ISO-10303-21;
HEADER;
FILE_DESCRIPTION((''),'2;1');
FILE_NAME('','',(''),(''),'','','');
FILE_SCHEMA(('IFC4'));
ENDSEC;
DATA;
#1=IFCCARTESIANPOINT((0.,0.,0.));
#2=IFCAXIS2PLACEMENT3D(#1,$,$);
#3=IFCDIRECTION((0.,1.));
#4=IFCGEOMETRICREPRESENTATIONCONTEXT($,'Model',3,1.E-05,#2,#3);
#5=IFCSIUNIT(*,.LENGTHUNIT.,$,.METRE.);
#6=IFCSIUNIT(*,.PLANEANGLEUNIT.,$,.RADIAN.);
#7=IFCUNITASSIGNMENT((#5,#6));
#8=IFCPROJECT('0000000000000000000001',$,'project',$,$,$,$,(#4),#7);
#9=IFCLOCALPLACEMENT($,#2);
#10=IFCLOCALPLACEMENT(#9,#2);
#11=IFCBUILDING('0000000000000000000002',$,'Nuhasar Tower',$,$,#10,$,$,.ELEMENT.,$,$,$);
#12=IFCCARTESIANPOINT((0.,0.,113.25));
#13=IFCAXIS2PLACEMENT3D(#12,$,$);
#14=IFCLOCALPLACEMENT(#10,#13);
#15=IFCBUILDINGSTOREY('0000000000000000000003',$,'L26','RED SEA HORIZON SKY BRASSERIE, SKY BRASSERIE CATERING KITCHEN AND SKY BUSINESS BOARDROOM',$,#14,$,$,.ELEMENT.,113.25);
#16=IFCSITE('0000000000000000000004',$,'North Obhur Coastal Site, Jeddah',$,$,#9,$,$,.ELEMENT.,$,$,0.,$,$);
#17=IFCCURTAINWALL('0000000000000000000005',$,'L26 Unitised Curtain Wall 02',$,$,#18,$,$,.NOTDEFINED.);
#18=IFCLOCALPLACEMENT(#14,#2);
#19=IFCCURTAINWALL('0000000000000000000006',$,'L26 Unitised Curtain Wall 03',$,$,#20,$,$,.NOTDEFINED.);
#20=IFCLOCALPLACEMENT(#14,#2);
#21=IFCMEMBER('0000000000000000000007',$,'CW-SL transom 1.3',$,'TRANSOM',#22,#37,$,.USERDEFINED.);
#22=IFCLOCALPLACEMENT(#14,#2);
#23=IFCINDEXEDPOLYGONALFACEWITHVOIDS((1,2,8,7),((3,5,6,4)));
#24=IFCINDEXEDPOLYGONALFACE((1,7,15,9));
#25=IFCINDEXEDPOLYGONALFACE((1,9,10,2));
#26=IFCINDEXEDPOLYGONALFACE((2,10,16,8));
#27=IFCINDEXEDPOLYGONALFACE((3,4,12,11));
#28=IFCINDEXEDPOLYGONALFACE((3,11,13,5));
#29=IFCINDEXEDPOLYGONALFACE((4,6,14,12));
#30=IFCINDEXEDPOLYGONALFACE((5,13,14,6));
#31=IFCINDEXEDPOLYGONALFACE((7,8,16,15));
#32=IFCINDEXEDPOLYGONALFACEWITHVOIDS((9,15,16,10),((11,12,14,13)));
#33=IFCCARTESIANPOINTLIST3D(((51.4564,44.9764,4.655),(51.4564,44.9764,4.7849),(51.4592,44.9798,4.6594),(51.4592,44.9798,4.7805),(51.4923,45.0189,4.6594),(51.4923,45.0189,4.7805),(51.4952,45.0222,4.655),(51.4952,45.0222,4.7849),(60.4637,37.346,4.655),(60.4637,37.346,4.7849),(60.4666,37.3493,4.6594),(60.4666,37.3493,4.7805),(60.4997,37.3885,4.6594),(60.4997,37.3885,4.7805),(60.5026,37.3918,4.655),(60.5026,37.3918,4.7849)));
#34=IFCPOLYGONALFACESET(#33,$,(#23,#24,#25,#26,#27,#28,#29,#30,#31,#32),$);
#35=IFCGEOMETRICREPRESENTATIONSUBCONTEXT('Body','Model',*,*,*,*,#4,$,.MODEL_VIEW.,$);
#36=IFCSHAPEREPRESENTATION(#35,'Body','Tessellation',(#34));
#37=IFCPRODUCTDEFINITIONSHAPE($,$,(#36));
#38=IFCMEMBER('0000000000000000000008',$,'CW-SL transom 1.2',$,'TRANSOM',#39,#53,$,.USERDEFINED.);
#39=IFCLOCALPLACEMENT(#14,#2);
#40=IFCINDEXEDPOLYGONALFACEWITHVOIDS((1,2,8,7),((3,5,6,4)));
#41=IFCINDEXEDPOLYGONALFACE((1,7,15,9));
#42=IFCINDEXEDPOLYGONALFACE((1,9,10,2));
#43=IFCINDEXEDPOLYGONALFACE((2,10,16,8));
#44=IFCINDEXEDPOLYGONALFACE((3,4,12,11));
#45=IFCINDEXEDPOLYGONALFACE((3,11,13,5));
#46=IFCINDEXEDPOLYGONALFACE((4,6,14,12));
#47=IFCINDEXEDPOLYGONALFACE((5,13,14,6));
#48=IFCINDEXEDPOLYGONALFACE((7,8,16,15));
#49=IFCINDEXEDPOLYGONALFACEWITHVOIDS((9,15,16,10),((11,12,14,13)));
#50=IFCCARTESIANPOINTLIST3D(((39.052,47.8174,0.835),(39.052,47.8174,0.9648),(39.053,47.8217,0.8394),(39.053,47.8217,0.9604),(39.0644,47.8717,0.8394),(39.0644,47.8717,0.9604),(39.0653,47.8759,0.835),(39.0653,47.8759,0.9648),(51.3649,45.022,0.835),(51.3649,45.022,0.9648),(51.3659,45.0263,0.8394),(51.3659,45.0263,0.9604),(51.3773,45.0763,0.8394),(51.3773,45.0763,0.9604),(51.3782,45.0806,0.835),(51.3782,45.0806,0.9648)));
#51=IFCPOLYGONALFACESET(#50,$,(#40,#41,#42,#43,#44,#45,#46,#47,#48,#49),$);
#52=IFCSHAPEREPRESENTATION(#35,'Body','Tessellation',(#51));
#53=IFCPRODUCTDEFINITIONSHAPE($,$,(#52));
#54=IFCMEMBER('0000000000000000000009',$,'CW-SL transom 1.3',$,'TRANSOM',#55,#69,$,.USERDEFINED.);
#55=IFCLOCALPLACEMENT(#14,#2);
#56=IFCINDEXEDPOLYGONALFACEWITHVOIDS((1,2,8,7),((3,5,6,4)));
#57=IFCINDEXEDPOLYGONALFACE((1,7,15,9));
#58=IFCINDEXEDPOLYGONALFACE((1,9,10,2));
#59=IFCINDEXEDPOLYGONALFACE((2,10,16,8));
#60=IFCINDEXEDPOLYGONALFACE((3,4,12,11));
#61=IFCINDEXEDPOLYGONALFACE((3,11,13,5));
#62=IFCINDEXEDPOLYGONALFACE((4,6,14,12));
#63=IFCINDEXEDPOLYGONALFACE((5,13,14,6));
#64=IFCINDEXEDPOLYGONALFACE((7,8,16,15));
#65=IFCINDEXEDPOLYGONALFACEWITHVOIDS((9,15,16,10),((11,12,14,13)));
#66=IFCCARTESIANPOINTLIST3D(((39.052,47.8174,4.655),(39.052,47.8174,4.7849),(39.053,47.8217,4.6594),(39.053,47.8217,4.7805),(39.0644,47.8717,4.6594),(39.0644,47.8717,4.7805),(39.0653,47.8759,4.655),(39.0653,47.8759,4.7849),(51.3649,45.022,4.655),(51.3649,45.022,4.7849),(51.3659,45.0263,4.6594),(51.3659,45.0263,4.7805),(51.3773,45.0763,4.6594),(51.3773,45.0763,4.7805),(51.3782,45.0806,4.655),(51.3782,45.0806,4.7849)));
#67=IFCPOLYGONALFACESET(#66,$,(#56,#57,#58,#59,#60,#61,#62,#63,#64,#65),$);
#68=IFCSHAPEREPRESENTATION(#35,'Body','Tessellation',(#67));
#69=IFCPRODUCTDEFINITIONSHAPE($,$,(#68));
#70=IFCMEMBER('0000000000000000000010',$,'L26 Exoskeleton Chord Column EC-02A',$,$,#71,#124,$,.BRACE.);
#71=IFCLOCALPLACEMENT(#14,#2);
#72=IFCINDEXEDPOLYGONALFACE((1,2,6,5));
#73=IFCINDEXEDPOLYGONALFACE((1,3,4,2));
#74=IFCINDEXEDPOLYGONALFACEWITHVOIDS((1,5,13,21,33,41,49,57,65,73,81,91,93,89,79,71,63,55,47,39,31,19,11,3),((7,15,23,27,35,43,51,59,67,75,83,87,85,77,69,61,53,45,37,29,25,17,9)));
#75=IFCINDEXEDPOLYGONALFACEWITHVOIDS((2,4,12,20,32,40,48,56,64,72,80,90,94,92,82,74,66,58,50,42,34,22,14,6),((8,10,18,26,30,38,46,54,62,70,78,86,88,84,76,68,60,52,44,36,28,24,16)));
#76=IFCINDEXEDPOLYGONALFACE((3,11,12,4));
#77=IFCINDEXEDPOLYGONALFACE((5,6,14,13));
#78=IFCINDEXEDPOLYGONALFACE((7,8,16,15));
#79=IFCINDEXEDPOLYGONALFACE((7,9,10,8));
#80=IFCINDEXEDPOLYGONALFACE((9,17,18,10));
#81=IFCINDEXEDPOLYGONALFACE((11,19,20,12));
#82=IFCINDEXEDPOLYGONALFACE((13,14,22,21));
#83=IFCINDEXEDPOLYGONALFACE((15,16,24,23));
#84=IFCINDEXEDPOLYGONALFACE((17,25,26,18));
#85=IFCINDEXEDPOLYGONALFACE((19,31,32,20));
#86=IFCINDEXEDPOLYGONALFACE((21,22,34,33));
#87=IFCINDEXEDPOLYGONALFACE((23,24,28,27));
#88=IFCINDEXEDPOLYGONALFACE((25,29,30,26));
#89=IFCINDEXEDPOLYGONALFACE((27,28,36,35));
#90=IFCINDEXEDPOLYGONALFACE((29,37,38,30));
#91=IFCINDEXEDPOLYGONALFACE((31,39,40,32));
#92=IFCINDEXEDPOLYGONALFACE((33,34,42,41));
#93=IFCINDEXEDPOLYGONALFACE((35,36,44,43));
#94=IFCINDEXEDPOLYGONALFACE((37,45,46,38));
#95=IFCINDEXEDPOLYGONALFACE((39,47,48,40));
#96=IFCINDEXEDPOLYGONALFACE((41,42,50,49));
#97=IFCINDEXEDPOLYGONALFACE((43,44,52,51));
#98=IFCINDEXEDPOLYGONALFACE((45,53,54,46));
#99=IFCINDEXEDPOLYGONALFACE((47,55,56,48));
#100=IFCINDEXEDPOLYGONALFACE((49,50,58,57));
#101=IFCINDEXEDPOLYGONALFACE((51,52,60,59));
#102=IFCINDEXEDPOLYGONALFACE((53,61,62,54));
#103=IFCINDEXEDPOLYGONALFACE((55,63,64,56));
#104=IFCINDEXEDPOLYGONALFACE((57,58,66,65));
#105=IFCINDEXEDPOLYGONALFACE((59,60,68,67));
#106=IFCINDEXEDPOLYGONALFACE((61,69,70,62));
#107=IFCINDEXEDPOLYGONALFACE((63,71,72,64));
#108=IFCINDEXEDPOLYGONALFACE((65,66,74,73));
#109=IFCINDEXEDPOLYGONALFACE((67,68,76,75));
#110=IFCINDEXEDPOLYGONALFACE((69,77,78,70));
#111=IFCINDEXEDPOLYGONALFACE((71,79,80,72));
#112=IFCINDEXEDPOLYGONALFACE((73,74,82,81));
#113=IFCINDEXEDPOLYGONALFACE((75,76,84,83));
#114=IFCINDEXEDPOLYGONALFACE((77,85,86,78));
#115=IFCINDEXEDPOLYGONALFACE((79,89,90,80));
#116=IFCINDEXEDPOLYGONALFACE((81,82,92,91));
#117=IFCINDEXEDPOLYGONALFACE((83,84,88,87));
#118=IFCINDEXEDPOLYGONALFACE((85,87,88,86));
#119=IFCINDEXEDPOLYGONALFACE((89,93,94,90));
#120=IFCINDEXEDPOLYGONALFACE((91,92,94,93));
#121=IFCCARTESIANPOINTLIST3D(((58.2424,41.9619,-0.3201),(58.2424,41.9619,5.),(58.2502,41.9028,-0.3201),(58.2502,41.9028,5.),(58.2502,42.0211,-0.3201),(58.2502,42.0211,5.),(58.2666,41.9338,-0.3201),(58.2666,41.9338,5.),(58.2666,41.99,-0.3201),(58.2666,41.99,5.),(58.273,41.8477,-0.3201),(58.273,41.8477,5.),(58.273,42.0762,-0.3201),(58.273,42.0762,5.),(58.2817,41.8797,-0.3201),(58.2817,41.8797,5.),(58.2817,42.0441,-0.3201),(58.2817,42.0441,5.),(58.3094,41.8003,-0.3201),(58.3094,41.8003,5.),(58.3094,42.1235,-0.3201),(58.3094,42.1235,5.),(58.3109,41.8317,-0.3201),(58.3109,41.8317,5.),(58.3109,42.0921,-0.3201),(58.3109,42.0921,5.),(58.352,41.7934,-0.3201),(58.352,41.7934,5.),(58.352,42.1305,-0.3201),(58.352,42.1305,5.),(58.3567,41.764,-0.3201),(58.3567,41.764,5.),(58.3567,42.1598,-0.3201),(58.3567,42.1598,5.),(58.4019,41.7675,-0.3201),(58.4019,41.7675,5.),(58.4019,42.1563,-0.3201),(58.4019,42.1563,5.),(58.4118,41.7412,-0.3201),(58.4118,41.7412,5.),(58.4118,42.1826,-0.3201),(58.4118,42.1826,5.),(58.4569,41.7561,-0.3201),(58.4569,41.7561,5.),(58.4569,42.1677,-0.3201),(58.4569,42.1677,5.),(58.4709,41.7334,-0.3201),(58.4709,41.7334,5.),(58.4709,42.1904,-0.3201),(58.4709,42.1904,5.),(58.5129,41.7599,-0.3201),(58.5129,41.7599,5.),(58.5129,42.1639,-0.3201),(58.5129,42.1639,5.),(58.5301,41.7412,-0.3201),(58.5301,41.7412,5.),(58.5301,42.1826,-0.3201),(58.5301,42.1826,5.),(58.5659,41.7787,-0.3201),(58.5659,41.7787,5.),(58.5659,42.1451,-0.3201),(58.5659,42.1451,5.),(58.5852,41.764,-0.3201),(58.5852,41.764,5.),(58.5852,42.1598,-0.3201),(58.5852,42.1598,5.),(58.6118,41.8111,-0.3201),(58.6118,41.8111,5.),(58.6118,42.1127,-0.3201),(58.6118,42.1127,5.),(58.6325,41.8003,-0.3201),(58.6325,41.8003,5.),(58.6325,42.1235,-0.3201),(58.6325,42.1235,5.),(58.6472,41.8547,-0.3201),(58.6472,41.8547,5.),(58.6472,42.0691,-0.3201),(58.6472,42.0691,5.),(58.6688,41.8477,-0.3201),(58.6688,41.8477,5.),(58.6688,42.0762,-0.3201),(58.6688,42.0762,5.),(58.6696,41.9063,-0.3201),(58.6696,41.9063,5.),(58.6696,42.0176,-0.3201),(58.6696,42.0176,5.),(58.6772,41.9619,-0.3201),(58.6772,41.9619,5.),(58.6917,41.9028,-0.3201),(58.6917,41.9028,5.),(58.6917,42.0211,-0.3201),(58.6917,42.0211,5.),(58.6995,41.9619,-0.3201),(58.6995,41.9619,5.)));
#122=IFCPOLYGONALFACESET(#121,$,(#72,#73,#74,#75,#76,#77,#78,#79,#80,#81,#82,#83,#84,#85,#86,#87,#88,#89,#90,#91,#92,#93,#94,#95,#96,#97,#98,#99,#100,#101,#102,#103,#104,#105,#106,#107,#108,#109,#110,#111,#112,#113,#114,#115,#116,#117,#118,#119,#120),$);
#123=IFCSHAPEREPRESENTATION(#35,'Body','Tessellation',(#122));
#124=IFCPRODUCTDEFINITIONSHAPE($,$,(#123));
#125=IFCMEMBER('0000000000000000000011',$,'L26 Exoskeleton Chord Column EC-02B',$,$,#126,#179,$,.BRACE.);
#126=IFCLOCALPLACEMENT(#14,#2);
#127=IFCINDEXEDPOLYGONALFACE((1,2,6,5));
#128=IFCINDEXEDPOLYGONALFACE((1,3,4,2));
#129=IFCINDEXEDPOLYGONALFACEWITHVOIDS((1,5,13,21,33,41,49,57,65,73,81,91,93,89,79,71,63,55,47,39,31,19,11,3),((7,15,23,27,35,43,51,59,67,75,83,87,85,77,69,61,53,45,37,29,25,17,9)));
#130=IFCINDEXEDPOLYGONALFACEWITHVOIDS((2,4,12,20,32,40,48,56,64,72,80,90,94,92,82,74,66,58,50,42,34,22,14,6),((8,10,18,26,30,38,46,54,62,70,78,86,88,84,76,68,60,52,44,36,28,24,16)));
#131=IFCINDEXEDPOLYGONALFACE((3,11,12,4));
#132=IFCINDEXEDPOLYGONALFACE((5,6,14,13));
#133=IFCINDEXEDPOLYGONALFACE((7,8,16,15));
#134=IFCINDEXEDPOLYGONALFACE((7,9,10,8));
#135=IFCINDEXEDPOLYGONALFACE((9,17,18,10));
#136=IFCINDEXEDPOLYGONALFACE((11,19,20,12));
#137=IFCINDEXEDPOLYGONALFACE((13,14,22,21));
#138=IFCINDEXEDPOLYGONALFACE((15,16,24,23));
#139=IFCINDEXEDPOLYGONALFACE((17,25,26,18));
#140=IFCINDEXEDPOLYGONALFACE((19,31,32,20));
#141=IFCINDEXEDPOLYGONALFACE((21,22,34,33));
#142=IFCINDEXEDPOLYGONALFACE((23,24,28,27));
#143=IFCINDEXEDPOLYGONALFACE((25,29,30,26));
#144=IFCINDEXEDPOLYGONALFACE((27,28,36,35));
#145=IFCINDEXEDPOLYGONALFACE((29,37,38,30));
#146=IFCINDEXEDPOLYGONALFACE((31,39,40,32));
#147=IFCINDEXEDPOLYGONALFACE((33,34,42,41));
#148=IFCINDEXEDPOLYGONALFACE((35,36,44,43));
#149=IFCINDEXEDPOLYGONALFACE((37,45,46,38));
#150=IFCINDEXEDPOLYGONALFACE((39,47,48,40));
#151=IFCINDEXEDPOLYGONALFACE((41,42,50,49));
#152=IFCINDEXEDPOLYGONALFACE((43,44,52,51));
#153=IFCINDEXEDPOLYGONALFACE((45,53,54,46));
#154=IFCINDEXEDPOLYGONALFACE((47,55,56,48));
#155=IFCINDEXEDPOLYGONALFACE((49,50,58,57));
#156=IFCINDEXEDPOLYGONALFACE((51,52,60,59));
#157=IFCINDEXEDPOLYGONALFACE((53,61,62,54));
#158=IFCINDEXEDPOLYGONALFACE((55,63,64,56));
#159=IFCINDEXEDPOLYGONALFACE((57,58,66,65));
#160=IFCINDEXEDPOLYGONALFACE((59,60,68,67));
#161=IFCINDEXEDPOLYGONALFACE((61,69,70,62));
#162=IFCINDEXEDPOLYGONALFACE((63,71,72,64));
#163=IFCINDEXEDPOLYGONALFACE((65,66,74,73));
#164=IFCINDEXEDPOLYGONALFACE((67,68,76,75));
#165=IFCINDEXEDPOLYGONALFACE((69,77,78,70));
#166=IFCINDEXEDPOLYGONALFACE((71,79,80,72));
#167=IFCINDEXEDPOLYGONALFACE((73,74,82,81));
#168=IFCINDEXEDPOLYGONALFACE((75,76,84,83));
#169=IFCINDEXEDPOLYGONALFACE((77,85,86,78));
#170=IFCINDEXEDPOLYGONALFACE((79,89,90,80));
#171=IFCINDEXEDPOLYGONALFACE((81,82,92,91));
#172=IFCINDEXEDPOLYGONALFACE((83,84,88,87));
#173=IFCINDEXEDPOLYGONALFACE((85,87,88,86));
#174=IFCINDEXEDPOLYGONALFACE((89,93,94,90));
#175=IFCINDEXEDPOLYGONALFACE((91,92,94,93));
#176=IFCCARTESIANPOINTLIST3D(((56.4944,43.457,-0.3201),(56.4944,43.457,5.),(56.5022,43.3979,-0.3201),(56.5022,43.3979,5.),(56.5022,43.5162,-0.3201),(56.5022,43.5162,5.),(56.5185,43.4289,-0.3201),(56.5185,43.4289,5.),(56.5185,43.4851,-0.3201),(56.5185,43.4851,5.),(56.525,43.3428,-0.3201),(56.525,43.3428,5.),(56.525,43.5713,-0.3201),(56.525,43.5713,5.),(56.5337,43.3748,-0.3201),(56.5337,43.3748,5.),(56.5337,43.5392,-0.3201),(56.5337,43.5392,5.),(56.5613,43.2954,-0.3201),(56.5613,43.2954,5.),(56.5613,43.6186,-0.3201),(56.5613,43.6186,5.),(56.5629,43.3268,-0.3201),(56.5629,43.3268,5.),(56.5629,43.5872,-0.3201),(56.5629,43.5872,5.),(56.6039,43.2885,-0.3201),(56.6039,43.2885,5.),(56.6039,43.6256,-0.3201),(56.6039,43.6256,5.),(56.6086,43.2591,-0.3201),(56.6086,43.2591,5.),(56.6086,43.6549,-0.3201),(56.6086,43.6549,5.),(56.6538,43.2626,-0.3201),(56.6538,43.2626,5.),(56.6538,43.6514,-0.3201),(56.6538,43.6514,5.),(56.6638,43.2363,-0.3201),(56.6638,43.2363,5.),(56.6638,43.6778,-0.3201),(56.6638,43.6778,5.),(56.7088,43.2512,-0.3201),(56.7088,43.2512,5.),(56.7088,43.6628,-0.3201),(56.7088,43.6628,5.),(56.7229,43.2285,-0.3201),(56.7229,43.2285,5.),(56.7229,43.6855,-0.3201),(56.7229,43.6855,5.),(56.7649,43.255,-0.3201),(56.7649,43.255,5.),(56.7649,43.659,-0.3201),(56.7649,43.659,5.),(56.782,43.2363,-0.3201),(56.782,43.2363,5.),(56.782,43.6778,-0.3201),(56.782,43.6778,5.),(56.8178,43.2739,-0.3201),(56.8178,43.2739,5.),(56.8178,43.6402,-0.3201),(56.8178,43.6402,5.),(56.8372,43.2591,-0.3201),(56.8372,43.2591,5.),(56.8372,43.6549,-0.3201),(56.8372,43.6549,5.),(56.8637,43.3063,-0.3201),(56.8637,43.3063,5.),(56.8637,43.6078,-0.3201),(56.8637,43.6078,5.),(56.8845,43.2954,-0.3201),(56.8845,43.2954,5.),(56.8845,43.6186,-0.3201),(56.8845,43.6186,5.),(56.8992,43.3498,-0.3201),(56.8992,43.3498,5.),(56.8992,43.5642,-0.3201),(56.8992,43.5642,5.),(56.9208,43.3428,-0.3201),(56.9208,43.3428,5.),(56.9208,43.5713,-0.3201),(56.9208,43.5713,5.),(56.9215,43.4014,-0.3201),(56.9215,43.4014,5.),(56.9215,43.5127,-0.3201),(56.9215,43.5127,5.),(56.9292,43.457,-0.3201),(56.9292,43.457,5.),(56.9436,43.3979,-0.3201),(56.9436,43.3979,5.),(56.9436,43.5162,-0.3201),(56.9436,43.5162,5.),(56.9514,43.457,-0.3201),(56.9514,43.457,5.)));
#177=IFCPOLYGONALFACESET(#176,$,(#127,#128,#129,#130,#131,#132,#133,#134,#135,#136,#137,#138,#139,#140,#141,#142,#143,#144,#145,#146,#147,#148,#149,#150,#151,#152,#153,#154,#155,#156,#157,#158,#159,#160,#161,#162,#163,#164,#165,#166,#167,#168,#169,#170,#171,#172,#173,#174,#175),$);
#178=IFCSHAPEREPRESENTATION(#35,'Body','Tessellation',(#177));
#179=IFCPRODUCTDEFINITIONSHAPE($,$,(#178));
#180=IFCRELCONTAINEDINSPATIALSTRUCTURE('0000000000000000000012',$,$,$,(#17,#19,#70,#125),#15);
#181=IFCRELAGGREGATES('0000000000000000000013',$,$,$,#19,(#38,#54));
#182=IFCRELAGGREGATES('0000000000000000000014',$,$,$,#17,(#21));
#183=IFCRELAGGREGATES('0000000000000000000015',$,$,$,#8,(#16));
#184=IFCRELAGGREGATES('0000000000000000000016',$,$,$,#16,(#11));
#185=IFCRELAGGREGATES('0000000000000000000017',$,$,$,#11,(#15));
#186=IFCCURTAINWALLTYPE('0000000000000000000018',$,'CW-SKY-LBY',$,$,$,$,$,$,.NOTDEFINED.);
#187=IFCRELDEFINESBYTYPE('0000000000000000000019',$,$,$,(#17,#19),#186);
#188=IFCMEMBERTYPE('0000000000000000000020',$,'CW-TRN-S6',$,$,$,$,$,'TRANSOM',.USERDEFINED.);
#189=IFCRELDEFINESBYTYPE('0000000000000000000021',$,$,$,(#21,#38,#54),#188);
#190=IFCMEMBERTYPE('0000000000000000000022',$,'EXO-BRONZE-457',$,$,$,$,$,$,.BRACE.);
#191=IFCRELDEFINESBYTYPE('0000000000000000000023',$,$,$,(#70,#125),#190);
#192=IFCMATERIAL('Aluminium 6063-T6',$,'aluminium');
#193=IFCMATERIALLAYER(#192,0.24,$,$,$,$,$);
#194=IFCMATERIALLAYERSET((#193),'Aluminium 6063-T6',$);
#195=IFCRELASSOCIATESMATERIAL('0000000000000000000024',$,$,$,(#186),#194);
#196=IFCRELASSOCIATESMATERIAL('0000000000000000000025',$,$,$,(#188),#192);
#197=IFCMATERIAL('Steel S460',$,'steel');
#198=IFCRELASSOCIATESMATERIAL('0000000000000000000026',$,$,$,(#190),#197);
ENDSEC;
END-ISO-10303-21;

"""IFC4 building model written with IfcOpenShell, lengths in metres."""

from ifc_helpers import new_model, si_unit, direction, frame, origin, origin_2d, place, context, subcontext, project, spatial, hollow_rectangle, hollow_circle, extrude, material, layer, layer_set, material_profile, profile_set, type_object, element, aggregate, save


model = new_model("IFC4")

# Units and contexts
model_context = context("Model", 3, precision=1e-05, world=origin(), true_north=direction((0.0, 1.0)))
body_context = subcontext(model_context, "Body", "Model", "MODEL_VIEW")
ifc_project = project(units=[si_unit("LENGTHUNIT", "METRE"), si_unit("PLANEANGLEUNIT", "RADIAN")], contexts=[model_context])

# Site, building, storey
site_placement = place(None, origin())
site = spatial("IfcSite", under=ifc_project, at=site_placement, Name="North Obhur Coastal Site, Jeddah", CompositionType="ELEMENT", RefElevation=0.0)
building_placement = place(site_placement, origin())
building = spatial("IfcBuilding", under=site, at=building_placement, Name="Nuhasar Tower", CompositionType="ELEMENT")
storey_placement = place(building_placement, frame((0.0, 0.0, 113.25)))
storey = spatial("IfcBuildingStorey", under=building, at=storey_placement, Name="L26", Description="RED SEA HORIZON SKY BRASSERIE, SKY BRASSERIE CATERING KITCHEN AND SKY BUSINESS BOARDROOM", CompositionType="ELEMENT", Elevation=113.25)

# Shared definitions
ifc_material_1 = material(Name="Steel S460", Category="steel")

# Shared definitions
ifc_material_2 = material(Name="Aluminium 6063-T6", Category="aluminium")
ifc_layer_1 = layer(ifc_material_2, 0.24)
ifc_layer_set_1 = layer_set([ifc_layer_1], Name="Aluminium 6063-T6")
curtain_wall_type = type_object("IfcCurtainWallType", Name="CW-SKY-LBY", PredefinedType="NOTDEFINED", material=ifc_layer_set_1)

# Curtain wall
curtain_wall_1_placement = place(storey_placement, origin())
curtain_wall_1 = element("IfcCurtainWall", 1, at=curtain_wall_1_placement, inside=storey, type_object=curtain_wall_type, Name="L26 Unitised Curtain Wall 02", PredefinedType="NOTDEFINED")

# Curtain wall
curtain_wall_2_placement = place(storey_placement, origin())
curtain_wall_2 = element("IfcCurtainWall", 2, at=curtain_wall_2_placement, inside=storey, type_object=curtain_wall_type, Name="L26 Unitised Curtain Wall 03", PredefinedType="NOTDEFINED")

# Members
ifc_material_profile_1 = material_profile(ifc_material_2, hollow_rectangle(XDim=0.0601, YDim=0.1299, WallThickness=0.0044, at=origin_2d()), Name="CWT-6")
ifc_profile_set_1 = profile_set([ifc_material_profile_1], Name="Aluminium 6063-T6")
member_type_1 = type_object("IfcMemberType", Name="CW-TRN-S6", ElementType="TRANSOM", PredefinedType="USERDEFINED", material=ifc_profile_set_1)
member_1_placement = place(storey_placement, frame((60.4832, 37.3689, 4.72), z_axis=(-0.763019, 0.646376, 0.0), x_axis=(-0.646376, -0.763019, 0.0)))
member_1 = element("IfcMember", 3, at=member_1_placement, type_object=member_type_1, Name="CW-SL transom 1.3", ObjectType="TRANSOM", PredefinedType="USERDEFINED", context=body_context, shape_type="SweptSolid", body=[
    extrude(hollow_rectangle(XDim=0.0601, YDim=0.1299, WallThickness=0.0044, at=origin_2d()), origin(), (0.0, 0.0, 1.0), 11.8049),
])
member_2_placement = place(storey_placement, frame((51.3716, 45.0513, 0.8999), z_axis=(-0.975184, 0.221395, 0.0), x_axis=(-0.221395, -0.975184, 0.0)))
member_2 = element("IfcMember", 4, at=member_2_placement, type_object=member_type_1, Name="CW-SL transom 1.2", ObjectType="TRANSOM", PredefinedType="USERDEFINED", context=body_context, shape_type="SweptSolid", body=[
    extrude(hollow_rectangle(XDim=0.0601, YDim=0.1299, WallThickness=0.0044, at=origin_2d()), origin(), (0.0, 0.0, 1.0), 12.6262),
])
member_3_placement = place(storey_placement, frame((51.3716, 45.0513, 4.72), z_axis=(-0.975184, 0.221395, 0.0), x_axis=(-0.221395, -0.975184, 0.0)))
member_3 = element("IfcMember", 5, at=member_3_placement, type_object=member_type_1, Name="CW-SL transom 1.3", ObjectType="TRANSOM", PredefinedType="USERDEFINED", context=body_context, shape_type="SweptSolid", body=[
    extrude(hollow_rectangle(XDim=0.0601, YDim=0.1299, WallThickness=0.0044, at=origin_2d()), origin(), (0.0, 0.0, 1.0), 12.6262),
])
aggregate(curtain_wall_2, [member_2, member_3])

# Members
ifc_material_profile_2 = material_profile(ifc_material_1, hollow_circle(Radius=0.2285, WallThickness=0.0222, at=origin_2d()), Name="HSS457X22.2")
ifc_profile_set_2 = profile_set([ifc_material_profile_2], Name="Steel S460")
member_type_2 = type_object("IfcMemberType", Name="EXO-BRONZE-457", PredefinedType="BRACE", material=ifc_profile_set_2)
for number, where, z_axis, x_axis, name in (
    (6, (58.4709, 41.9619, -0.3201), (0.0, 0.0, 1.0), (1.0, 0.0, 0.0), "L26 Exoskeleton Chord Column EC-02A"),
    (7, (56.7229, 43.457, -0.3201), (0.0, 0.0, 1.0), (1.0, 0.0, 0.0), "L26 Exoskeleton Chord Column EC-02B"),
):
    element("IfcMember", number, at=place(storey_placement, frame(where, z_axis=z_axis, x_axis=x_axis)), inside=storey, type_object=member_type_2, Name=name, PredefinedType="BRACE", context=body_context, shape_type="SweptSolid", body=[
        extrude(hollow_circle(Radius=0.2285, WallThickness=0.0222, at=origin_2d()), origin(), (0.0, 0.0, 1.0), 5.3201),
    ])

aggregate(curtain_wall_1, [member_1])

save(model, "model.ifc")
